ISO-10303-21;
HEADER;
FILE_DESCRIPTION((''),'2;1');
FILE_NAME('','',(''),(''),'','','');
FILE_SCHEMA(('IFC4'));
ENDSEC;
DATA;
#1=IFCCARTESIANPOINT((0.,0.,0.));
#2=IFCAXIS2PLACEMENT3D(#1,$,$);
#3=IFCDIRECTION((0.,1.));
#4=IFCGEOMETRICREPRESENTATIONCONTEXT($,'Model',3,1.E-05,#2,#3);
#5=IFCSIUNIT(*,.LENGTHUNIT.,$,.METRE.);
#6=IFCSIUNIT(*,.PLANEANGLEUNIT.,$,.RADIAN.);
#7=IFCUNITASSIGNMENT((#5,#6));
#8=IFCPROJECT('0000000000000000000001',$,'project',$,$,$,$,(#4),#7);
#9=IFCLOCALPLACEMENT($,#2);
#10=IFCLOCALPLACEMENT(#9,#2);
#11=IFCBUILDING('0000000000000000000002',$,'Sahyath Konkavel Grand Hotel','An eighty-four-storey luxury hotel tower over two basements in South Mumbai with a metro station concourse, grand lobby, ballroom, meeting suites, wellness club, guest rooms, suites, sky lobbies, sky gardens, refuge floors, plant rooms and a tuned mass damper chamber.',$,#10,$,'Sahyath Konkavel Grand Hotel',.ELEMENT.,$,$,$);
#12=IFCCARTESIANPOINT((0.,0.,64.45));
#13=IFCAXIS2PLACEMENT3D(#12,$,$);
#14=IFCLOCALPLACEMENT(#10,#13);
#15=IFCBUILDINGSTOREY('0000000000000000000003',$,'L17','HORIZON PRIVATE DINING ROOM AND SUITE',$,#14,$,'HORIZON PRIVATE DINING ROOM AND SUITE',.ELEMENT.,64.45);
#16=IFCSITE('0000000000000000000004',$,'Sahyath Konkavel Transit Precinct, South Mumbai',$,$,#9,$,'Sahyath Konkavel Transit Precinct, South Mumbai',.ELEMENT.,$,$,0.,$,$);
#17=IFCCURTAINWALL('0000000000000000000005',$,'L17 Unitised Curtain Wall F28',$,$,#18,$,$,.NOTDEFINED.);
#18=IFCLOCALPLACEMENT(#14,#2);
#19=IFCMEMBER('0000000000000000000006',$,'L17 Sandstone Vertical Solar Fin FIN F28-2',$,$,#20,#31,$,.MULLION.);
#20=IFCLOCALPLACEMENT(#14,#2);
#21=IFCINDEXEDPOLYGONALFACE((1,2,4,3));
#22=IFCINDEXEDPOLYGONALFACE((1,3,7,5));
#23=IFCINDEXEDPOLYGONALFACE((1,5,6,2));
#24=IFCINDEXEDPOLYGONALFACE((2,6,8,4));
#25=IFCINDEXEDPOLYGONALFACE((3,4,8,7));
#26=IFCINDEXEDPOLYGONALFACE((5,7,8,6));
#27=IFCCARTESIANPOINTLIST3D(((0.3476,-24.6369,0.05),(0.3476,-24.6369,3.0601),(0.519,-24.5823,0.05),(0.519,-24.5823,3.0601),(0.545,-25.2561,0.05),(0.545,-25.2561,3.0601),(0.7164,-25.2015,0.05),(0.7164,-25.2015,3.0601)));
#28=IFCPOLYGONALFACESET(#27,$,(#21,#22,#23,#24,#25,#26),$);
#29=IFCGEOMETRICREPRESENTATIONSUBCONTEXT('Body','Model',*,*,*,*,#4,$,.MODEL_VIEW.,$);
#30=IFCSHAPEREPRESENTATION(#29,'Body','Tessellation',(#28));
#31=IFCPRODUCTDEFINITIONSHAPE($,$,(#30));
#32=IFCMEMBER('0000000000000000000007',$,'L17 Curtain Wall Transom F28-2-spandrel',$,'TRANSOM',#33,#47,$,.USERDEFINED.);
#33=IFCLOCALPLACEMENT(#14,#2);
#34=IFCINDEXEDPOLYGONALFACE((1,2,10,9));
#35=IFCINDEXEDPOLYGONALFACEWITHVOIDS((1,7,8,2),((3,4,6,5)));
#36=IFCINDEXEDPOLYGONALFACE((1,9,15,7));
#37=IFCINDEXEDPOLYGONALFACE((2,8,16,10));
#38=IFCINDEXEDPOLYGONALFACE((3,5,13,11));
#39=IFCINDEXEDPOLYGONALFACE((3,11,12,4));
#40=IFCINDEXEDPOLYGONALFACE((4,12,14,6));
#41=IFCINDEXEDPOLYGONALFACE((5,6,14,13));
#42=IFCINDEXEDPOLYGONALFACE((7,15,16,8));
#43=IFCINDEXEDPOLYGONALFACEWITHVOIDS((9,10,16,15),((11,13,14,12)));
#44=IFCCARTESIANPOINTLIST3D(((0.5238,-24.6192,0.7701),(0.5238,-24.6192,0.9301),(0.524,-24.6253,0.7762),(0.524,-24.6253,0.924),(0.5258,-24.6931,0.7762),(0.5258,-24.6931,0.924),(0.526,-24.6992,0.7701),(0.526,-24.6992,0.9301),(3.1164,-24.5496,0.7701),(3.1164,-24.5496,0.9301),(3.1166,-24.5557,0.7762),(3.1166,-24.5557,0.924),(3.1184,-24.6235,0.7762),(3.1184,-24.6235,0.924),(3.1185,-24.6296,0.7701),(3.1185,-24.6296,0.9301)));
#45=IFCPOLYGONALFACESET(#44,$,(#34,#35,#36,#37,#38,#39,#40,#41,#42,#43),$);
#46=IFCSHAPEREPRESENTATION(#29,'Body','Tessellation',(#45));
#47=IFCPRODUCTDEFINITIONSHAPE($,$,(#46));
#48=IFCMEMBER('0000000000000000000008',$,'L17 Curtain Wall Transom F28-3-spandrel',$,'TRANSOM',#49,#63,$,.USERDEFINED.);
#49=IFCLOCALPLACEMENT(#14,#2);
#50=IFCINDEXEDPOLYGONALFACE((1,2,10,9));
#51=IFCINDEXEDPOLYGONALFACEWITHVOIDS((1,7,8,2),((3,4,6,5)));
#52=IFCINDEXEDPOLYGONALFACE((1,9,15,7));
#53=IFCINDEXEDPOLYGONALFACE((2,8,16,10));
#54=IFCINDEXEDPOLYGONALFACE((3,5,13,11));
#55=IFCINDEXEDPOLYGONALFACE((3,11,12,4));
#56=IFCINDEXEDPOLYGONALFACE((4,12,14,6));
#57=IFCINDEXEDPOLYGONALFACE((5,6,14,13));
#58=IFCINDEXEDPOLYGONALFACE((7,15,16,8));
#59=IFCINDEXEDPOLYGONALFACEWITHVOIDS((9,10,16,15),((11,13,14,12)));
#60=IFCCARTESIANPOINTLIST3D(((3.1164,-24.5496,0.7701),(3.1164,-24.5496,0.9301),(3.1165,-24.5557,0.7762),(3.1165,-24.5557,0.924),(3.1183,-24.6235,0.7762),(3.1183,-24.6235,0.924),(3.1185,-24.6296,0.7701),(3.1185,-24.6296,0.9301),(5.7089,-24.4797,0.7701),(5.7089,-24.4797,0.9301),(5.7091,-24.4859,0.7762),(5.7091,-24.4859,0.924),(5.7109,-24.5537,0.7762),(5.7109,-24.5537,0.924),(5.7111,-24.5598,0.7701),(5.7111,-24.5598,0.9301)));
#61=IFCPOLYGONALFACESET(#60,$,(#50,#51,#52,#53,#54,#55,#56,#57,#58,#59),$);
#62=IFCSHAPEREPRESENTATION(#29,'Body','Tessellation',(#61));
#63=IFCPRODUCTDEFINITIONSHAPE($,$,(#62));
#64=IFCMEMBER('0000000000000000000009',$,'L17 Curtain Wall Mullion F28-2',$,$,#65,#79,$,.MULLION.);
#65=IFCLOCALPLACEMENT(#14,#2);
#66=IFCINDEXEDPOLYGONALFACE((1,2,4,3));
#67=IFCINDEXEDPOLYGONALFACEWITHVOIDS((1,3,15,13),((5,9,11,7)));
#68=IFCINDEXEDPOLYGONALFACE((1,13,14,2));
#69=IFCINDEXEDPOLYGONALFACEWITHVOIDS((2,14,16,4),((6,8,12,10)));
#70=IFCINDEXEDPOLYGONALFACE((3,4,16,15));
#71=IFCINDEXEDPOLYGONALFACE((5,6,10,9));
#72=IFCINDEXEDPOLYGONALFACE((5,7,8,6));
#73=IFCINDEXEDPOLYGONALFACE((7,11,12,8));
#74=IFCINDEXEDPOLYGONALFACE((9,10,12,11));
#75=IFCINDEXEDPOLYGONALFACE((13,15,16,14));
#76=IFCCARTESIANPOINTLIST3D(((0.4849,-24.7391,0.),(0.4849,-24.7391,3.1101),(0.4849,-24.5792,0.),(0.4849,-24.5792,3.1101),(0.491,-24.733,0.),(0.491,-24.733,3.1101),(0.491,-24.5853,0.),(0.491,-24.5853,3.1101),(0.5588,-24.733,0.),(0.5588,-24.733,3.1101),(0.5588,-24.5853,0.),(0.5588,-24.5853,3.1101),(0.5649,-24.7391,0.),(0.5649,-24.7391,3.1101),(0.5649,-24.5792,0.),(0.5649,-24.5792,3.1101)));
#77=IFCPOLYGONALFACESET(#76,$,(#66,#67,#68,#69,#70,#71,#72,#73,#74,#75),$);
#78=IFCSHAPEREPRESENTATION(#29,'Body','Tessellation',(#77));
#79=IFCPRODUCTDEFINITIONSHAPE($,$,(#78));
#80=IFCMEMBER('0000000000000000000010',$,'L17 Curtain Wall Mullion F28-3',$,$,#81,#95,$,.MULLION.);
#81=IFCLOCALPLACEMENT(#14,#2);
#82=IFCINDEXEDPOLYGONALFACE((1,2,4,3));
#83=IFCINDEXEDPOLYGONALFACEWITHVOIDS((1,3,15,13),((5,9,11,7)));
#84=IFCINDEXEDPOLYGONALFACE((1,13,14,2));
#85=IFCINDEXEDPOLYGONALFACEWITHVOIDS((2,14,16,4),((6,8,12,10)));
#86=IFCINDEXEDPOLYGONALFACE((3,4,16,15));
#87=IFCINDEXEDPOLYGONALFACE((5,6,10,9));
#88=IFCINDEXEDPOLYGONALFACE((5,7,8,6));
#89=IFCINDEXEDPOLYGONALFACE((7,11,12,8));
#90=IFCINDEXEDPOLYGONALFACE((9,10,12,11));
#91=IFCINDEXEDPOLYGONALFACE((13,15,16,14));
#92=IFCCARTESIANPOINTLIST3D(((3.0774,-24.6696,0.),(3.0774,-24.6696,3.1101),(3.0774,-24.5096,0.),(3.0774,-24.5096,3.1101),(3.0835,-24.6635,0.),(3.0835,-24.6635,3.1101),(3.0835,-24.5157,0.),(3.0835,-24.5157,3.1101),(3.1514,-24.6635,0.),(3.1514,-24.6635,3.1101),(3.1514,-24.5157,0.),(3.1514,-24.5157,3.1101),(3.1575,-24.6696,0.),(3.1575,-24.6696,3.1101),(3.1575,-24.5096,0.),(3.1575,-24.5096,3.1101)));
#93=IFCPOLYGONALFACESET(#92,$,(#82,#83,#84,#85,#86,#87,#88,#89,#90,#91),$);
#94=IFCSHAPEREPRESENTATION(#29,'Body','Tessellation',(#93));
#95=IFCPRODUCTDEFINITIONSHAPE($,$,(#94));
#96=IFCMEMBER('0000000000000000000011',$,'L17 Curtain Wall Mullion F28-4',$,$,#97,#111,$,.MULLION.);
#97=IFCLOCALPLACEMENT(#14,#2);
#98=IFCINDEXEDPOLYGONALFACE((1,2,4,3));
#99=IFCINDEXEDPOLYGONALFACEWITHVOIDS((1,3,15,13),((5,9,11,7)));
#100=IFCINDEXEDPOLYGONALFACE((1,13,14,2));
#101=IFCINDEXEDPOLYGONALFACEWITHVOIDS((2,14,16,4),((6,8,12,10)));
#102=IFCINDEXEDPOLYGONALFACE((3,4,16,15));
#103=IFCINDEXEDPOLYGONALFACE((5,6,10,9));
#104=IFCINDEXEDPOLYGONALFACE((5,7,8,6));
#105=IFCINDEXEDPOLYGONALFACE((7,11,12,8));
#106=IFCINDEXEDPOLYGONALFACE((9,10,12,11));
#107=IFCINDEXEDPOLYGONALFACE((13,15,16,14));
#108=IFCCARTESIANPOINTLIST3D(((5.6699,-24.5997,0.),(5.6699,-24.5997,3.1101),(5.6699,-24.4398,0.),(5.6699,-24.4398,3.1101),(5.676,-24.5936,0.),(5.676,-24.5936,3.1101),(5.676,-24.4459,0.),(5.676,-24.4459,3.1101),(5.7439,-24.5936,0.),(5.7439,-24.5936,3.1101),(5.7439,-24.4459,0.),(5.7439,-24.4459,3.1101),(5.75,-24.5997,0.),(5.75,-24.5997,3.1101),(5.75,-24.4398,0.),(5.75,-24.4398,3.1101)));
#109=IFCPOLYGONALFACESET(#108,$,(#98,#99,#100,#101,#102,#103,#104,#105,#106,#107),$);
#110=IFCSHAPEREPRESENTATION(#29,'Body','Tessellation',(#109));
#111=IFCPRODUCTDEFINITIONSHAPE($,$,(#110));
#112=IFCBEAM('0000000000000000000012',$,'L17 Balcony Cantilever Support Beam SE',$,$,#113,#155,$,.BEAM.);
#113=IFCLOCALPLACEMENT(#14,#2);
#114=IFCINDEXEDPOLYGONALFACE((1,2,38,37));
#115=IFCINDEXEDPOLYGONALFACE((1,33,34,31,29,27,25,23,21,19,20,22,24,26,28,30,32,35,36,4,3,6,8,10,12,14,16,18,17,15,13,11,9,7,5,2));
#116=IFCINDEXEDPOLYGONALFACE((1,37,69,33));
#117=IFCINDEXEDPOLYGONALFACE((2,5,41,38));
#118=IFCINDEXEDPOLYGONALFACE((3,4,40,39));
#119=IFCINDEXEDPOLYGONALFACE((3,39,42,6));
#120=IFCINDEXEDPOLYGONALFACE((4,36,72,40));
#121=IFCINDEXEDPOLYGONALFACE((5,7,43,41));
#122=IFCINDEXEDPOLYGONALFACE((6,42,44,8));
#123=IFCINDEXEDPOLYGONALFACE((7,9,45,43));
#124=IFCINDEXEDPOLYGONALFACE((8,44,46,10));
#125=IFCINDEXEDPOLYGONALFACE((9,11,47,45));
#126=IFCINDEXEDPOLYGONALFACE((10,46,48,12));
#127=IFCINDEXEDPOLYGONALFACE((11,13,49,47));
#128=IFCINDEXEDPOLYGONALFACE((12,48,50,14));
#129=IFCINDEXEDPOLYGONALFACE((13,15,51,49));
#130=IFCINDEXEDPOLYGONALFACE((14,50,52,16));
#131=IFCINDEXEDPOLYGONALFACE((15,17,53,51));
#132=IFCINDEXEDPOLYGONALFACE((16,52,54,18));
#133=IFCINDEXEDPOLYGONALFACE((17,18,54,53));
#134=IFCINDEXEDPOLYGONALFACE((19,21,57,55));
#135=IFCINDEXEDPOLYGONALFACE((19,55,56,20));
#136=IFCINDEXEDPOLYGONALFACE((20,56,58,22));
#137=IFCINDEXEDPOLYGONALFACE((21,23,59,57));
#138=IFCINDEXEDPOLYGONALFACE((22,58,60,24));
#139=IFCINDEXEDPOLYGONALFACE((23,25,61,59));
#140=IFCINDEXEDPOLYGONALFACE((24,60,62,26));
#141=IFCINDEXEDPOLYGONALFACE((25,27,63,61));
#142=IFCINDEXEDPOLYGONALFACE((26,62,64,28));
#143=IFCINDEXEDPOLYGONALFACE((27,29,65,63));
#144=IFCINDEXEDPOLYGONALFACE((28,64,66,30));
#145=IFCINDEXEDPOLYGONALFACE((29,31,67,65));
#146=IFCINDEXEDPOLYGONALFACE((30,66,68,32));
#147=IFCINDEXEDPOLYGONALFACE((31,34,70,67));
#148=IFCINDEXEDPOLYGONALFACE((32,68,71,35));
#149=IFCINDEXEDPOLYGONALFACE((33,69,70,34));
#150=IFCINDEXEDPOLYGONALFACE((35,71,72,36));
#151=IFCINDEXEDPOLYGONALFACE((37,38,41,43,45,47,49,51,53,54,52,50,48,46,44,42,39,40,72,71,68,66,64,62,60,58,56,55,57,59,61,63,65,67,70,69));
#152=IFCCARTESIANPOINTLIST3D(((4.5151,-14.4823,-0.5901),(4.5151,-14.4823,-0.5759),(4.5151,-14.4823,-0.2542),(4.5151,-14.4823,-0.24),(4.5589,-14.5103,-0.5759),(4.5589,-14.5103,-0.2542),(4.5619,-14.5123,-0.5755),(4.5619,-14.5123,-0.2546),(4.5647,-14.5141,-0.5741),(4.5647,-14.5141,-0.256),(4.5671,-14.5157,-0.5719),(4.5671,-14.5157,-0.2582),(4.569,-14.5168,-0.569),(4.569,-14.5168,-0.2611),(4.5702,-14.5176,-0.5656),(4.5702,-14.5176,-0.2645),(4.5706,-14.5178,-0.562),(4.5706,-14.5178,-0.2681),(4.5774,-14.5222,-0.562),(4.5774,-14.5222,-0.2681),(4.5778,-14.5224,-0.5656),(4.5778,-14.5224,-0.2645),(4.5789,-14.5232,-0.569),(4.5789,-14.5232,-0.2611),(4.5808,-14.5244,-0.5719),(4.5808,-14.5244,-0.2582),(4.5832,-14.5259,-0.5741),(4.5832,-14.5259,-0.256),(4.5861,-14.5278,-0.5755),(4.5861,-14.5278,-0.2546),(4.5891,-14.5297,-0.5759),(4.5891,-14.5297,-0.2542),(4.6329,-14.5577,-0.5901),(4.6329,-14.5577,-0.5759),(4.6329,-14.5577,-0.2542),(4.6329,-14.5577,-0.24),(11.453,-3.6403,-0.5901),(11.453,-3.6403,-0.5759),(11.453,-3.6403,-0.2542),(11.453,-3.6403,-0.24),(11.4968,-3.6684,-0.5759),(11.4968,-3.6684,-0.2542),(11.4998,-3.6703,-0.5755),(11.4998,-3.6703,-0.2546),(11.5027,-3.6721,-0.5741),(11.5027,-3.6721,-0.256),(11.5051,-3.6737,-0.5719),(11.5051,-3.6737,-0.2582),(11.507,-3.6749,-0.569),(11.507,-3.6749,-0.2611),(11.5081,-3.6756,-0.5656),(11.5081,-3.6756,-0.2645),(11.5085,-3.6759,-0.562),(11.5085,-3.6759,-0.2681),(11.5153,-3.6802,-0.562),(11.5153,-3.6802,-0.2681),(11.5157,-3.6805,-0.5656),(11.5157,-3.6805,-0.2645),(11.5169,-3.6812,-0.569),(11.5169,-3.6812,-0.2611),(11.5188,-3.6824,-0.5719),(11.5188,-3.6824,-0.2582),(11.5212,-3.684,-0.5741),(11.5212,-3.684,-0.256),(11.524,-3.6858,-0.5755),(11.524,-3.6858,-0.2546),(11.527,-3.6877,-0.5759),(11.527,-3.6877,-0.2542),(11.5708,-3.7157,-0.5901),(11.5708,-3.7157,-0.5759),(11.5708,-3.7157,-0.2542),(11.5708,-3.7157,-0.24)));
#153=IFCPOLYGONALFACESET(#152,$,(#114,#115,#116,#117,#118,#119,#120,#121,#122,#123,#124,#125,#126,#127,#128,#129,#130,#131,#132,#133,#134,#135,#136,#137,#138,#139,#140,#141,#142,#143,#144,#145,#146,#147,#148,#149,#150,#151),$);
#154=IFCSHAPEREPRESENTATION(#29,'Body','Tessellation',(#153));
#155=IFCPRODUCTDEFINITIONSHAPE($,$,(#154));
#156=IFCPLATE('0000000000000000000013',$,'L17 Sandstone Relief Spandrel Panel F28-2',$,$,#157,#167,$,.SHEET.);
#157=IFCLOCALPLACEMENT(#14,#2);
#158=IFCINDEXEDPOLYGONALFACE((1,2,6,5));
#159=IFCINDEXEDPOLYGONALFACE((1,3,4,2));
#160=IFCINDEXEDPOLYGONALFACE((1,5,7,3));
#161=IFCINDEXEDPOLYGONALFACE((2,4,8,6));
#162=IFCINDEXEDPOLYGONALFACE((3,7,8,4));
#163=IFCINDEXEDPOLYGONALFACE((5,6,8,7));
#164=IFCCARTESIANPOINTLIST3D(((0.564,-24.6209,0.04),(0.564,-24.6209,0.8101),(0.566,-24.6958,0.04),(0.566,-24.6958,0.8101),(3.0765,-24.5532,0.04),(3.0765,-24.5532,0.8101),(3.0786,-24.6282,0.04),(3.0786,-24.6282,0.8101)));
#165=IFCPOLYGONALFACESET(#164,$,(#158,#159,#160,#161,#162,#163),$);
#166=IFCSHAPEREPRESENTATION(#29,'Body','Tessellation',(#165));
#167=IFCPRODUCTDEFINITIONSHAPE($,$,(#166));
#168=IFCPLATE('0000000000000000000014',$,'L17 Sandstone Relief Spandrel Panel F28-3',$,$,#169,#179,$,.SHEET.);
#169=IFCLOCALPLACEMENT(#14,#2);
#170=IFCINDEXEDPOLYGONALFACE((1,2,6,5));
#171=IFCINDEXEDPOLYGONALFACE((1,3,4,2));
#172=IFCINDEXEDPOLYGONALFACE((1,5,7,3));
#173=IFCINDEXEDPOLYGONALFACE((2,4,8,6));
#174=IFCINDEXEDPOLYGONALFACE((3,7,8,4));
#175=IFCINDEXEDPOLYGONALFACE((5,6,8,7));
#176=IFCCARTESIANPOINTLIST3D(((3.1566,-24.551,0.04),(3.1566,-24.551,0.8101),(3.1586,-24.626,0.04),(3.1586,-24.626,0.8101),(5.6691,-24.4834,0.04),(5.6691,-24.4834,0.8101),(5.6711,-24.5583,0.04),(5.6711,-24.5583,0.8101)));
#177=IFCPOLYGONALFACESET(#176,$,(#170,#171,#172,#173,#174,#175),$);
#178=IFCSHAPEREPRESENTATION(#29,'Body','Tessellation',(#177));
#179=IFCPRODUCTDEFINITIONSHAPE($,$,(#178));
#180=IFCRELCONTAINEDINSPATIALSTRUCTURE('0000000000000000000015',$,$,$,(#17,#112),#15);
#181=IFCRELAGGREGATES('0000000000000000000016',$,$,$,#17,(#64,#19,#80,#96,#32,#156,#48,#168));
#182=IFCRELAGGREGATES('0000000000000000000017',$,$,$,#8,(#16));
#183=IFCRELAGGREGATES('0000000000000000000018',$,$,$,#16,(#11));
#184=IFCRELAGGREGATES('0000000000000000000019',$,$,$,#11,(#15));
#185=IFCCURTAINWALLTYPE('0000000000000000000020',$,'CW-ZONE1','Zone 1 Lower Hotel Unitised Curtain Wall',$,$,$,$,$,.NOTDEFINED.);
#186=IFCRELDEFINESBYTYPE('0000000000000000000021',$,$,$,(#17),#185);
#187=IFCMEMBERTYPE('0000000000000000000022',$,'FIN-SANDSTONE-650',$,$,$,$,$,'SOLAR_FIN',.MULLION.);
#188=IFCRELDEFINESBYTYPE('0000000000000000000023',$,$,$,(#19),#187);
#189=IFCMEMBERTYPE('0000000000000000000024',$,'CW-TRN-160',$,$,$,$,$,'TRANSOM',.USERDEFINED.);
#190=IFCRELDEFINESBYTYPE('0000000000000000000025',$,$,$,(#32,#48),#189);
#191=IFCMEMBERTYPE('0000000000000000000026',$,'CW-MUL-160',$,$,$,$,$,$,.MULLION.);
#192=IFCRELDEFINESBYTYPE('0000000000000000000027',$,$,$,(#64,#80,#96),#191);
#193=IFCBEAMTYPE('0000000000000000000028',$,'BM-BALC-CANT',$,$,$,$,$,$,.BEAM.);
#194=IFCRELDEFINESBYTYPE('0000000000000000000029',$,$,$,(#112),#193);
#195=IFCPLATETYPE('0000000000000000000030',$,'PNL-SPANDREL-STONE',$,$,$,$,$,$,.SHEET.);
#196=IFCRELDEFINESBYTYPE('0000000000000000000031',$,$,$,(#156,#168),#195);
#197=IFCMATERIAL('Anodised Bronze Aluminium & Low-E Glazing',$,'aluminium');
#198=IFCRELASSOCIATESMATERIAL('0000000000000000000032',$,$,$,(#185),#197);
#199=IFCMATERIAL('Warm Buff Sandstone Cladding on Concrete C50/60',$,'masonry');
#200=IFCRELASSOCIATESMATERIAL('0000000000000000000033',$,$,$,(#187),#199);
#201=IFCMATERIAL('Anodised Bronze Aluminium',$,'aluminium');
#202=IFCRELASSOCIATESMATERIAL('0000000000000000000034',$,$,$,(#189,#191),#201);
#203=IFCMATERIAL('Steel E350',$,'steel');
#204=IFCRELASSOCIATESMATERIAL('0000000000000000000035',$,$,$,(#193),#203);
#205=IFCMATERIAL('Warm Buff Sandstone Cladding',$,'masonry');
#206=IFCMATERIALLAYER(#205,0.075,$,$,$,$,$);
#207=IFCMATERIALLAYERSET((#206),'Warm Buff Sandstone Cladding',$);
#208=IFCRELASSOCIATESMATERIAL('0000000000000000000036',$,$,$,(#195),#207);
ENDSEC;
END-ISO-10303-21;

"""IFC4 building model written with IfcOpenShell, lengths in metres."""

from ifc_helpers import new_model, si_unit, direction, frame, origin, origin_2d, place, context, subcontext, project, spatial, rectangle, hollow_rectangle, i_section, extrude, source, transform, mapped, material, layer, layer_set, material_profile, profile_set, type_object, element, aggregate, save


model = new_model("IFC4")

# Units and contexts
model_context = context("Model", 3, precision=1e-05, world=origin(), true_north=direction((0.0, 1.0)))
body_context = subcontext(model_context, "Body", "Model", "MODEL_VIEW")
ifc_project = project(units=[si_unit("LENGTHUNIT", "METRE"), si_unit("PLANEANGLEUNIT", "RADIAN")], contexts=[model_context])

# Site, building, storey
site_placement = place(None, origin())
site = spatial("IfcSite", under=ifc_project, at=site_placement, Name="Sahyath Konkavel Transit Precinct, South Mumbai", LongName="Sahyath Konkavel Transit Precinct, South Mumbai", CompositionType="ELEMENT", RefElevation=0.0)
building_placement = place(site_placement, origin())
building = spatial("IfcBuilding", under=site, at=building_placement, Name="Sahyath Konkavel Grand Hotel", Description="An eighty-four-storey luxury hotel tower over two basements in South Mumbai with a metro station concourse, grand lobby, ballroom, meeting suites, wellness club, guest rooms, suites, sky lobbies, sky gardens, refuge floors, plant rooms and a tuned mass damper chamber.", LongName="Sahyath Konkavel Grand Hotel", CompositionType="ELEMENT")
storey_placement = place(building_placement, frame((0.0, 0.0, 64.45)))
storey = spatial("IfcBuildingStorey", under=building, at=storey_placement, Name="L17", Description="HORIZON PRIVATE DINING ROOM AND SUITE", LongName="HORIZON PRIVATE DINING ROOM AND SUITE", CompositionType="ELEMENT", Elevation=64.45)

# Curtain wall, members
ifc_material_1 = material(Name="Anodised Bronze Aluminium & Low-E Glazing", Category="aluminium")
curtain_wall_type = type_object("IfcCurtainWallType", Name="CW-ZONE1", Description="Zone 1 Lower Hotel Unitised Curtain Wall", PredefinedType="NOTDEFINED", material=ifc_material_1)
curtain_wall_placement = place(storey_placement, origin())
curtain_wall = element("IfcCurtainWall", 1, at=curtain_wall_placement, inside=storey, type_object=curtain_wall_type, Name="L17 Unitised Curtain Wall F28", PredefinedType="NOTDEFINED")
ifc_material_2 = material(Name="Warm Buff Sandstone Cladding on Concrete C50/60", Category="masonry")
ifc_material_profile_1 = material_profile(ifc_material_2, rectangle(XDim=0.1799, YDim=0.6499, at=origin_2d()), Name="FIN 180x650")
ifc_profile_set_1 = profile_set([ifc_material_profile_1], Name="Warm Buff Sandstone Cladding on Concrete C50/60")
member_type_1 = type_object("IfcMemberType", Name="FIN-SANDSTONE-650", ElementType="SOLAR_FIN", PredefinedType="MULLION", material=ifc_profile_set_1)
shared_shape_1 = source(origin(), body_context, "Body", "SweptSolid", [
    extrude(rectangle(XDim=0.1799, YDim=0.6499, at=origin_2d()), origin(), (0.0, 0.0, 1.0), 3.01),
])
member_1_placement = place(storey_placement, frame((0.532, -24.9192, 0.05), z_axis=(0.0, 0.0, 1.0), x_axis=(0.952768, 0.303701, 0.0)))
member_1 = element("IfcMember", 2, at=member_1_placement, type_object=member_type_1, Name="L17 Sandstone Vertical Solar Fin FIN F28-2", PredefinedType="MULLION", context=body_context, shape_type="MappedRepresentation", body=[
    mapped(shared_shape_1, transform((0.0, 0.0, 0.0), scale=1.0)),
])
ifc_material_3 = material(Name="Anodised Bronze Aluminium", Category="aluminium")
ifc_material_profile_2 = material_profile(ifc_material_3, hollow_rectangle(XDim=0.0801, YDim=0.1599, WallThickness=0.0061, at=origin_2d()), Name="RHS 160x80x6")
ifc_profile_set_2 = profile_set([ifc_material_profile_2], Name="Anodised Bronze Aluminium")
member_type_2 = type_object("IfcMemberType", Name="CW-TRN-160", ElementType="TRANSOM", PredefinedType="USERDEFINED", material=ifc_profile_set_2)
shared_shape_2 = source(origin(), body_context, "Body", "SweptSolid", [
    extrude(hollow_rectangle(XDim=0.0801, YDim=0.1599, WallThickness=0.0061, at=origin_2d()), origin(), (0.0, 0.0, 1.0), 2.5935),
])
member_2_placement = place(storey_placement, frame((0.5249, -24.6592, 0.8501), z_axis=(0.99964, 0.026829, 0.0), x_axis=(-0.026829, 0.99964, 0.0)))
member_2 = element("IfcMember", 3, at=member_2_placement, type_object=member_type_2, Name="L17 Curtain Wall Transom F28-2-spandrel", ObjectType="TRANSOM", PredefinedType="USERDEFINED", context=body_context, shape_type="MappedRepresentation", body=[
    mapped(shared_shape_2, transform((0.0, 0.0, 0.0), scale=1.0)),
])
member_3_placement = place(storey_placement, frame((3.1174, -24.5896, 0.8501), z_axis=(0.999638, 0.026923, 0.0), x_axis=(-0.026923, 0.999638, 0.0)))
member_3 = element("IfcMember", 4, at=member_3_placement, type_object=member_type_2, Name="L17 Curtain Wall Transom F28-3-spandrel", ObjectType="TRANSOM", PredefinedType="USERDEFINED", context=body_context, shape_type="MappedRepresentation", body=[
    mapped(shared_shape_2, transform((0.0, 0.0, 0.0), scale=1.0)),
])
ifc_material_profile_3 = material_profile(ifc_material_3, hollow_rectangle(XDim=0.0801, YDim=0.1599, WallThickness=0.0061, at=origin_2d()), Name="RHS 160x80x6")
ifc_profile_set_3 = profile_set([ifc_material_profile_3], Name="Anodised Bronze Aluminium")
member_type_3 = type_object("IfcMemberType", Name="CW-MUL-160", PredefinedType="MULLION", material=ifc_profile_set_3)
shared_shape_3 = source(origin(), body_context, "Body", "SweptSolid", [
    extrude(hollow_rectangle(XDim=0.0801, YDim=0.1599, WallThickness=0.0061, at=origin_2d()), origin(), (0.0, 0.0, 1.0), 3.1101),
])
member_4_placement = place(storey_placement, frame((0.5249, -24.6592, 0.0), z_axis=(0.0, 0.0, 1.0), x_axis=(1.0, 0.0, 0.0)))
member_4 = element("IfcMember", 5, at=member_4_placement, type_object=member_type_3, Name="L17 Curtain Wall Mullion F28-2", PredefinedType="MULLION", context=body_context, shape_type="MappedRepresentation", body=[
    mapped(shared_shape_3, transform((0.0, 0.0, 0.0), scale=1.0)),
])
member_5_placement = place(storey_placement, frame((3.1174, -24.5896, 0.0), z_axis=(0.0, 0.0, 1.0), x_axis=(1.0, 0.0, 0.0)))
member_5 = element("IfcMember", 6, at=member_5_placement, type_object=member_type_3, Name="L17 Curtain Wall Mullion F28-3", PredefinedType="MULLION", context=body_context, shape_type="MappedRepresentation", body=[
    mapped(shared_shape_3, transform((0.0, 0.0, 0.0), scale=1.0)),
])
member_6_placement = place(storey_placement, frame((5.71, -24.5198, 0.0), z_axis=(0.0, 0.0, 1.0), x_axis=(1.0, 0.0, 0.0)))
member_6 = element("IfcMember", 7, at=member_6_placement, type_object=member_type_3, Name="L17 Curtain Wall Mullion F28-4", PredefinedType="MULLION", context=body_context, shape_type="MappedRepresentation", body=[
    mapped(shared_shape_3, transform((0.0, 0.0, 0.0), scale=1.0)),
])

# Beam
ifc_material_4 = material(Name="Steel E350", Category="steel")
ifc_material_profile_4 = material_profile(ifc_material_4, i_section(OverallWidth=0.1399, OverallDepth=0.3501, WebThickness=0.0081, FlangeThickness=0.0142, FilletRadius=0.0139, at=origin_2d()), Name="ISMB 350")
ifc_profile_set_4 = profile_set([ifc_material_profile_4], Name="Steel E350")
beam_type = type_object("IfcBeamType", Name="BM-BALC-CANT", PredefinedType="BEAM", material=ifc_profile_set_4)
shared_shape_4 = source(origin(), body_context, "Body", "SweptSolid", [
    extrude(i_section(OverallWidth=0.1399, OverallDepth=0.3501, WebThickness=0.0081, FlangeThickness=0.0142, FilletRadius=0.0139, at=origin_2d()), origin(), (0.0, 0.0, 1.0), 12.8718),
])
beam_placement = place(storey_placement, frame((4.574, -14.52, -0.415), z_axis=(0.539003, 0.842304, 0.0), x_axis=(-0.842304, 0.539003, 0.0)))
element("IfcBeam", 8, at=beam_placement, inside=storey, type_object=beam_type, Name="L17 Balcony Cantilever Support Beam SE", PredefinedType="BEAM", context=body_context, shape_type="MappedRepresentation", body=[
    mapped(shared_shape_4, transform((0.0, 0.0, 0.0), scale=1.0)),
])

# Plates
ifc_material_5 = material(Name="Warm Buff Sandstone Cladding", Category="masonry")
ifc_layer_1 = layer(ifc_material_5, 0.075)
ifc_layer_set_1 = layer_set([ifc_layer_1], Name="Warm Buff Sandstone Cladding")
plate_type_1 = type_object("IfcPlateType", Name="PNL-SPANDREL-STONE", PredefinedType="SHEET", material=ifc_layer_set_1)
shared_shape_5 = source(origin(), body_context, "Body", "SweptSolid", [
    extrude(rectangle(XDim=2.5134, YDim=0.075, at=origin_2d()), origin(), (0.0, 0.0, 1.0), 0.77),
])
plate_1_placement = place(storey_placement, frame((1.8213, -24.6245, 0.04), z_axis=(0.0, 0.0, 1.0), x_axis=(0.999638, 0.02691, 0.0)))
plate_1 = element("IfcPlate", 9, at=plate_1_placement, type_object=plate_type_1, Name="L17 Sandstone Relief Spandrel Panel F28-2", PredefinedType="SHEET", context=body_context, shape_type="MappedRepresentation", body=[
    mapped(shared_shape_5, transform((0.0, 0.0, 0.0), scale=1.0)),
])
plate_2_placement = place(storey_placement, frame((4.4138, -24.5547, 0.04), z_axis=(0.0, 0.0, 1.0), x_axis=(0.999638, 0.02691, 0.0)))
plate_2 = element("IfcPlate", 10, at=plate_2_placement, type_object=plate_type_1, Name="L17 Sandstone Relief Spandrel Panel F28-3", PredefinedType="SHEET", context=body_context, shape_type="MappedRepresentation", body=[
    mapped(shared_shape_5, transform((0.0, 0.0, 0.0), scale=1.0)),
])
aggregate(curtain_wall, [member_4, member_1, member_5, member_6, member_2, plate_1, member_3, plate_2])

save(model, "model.ifc")
